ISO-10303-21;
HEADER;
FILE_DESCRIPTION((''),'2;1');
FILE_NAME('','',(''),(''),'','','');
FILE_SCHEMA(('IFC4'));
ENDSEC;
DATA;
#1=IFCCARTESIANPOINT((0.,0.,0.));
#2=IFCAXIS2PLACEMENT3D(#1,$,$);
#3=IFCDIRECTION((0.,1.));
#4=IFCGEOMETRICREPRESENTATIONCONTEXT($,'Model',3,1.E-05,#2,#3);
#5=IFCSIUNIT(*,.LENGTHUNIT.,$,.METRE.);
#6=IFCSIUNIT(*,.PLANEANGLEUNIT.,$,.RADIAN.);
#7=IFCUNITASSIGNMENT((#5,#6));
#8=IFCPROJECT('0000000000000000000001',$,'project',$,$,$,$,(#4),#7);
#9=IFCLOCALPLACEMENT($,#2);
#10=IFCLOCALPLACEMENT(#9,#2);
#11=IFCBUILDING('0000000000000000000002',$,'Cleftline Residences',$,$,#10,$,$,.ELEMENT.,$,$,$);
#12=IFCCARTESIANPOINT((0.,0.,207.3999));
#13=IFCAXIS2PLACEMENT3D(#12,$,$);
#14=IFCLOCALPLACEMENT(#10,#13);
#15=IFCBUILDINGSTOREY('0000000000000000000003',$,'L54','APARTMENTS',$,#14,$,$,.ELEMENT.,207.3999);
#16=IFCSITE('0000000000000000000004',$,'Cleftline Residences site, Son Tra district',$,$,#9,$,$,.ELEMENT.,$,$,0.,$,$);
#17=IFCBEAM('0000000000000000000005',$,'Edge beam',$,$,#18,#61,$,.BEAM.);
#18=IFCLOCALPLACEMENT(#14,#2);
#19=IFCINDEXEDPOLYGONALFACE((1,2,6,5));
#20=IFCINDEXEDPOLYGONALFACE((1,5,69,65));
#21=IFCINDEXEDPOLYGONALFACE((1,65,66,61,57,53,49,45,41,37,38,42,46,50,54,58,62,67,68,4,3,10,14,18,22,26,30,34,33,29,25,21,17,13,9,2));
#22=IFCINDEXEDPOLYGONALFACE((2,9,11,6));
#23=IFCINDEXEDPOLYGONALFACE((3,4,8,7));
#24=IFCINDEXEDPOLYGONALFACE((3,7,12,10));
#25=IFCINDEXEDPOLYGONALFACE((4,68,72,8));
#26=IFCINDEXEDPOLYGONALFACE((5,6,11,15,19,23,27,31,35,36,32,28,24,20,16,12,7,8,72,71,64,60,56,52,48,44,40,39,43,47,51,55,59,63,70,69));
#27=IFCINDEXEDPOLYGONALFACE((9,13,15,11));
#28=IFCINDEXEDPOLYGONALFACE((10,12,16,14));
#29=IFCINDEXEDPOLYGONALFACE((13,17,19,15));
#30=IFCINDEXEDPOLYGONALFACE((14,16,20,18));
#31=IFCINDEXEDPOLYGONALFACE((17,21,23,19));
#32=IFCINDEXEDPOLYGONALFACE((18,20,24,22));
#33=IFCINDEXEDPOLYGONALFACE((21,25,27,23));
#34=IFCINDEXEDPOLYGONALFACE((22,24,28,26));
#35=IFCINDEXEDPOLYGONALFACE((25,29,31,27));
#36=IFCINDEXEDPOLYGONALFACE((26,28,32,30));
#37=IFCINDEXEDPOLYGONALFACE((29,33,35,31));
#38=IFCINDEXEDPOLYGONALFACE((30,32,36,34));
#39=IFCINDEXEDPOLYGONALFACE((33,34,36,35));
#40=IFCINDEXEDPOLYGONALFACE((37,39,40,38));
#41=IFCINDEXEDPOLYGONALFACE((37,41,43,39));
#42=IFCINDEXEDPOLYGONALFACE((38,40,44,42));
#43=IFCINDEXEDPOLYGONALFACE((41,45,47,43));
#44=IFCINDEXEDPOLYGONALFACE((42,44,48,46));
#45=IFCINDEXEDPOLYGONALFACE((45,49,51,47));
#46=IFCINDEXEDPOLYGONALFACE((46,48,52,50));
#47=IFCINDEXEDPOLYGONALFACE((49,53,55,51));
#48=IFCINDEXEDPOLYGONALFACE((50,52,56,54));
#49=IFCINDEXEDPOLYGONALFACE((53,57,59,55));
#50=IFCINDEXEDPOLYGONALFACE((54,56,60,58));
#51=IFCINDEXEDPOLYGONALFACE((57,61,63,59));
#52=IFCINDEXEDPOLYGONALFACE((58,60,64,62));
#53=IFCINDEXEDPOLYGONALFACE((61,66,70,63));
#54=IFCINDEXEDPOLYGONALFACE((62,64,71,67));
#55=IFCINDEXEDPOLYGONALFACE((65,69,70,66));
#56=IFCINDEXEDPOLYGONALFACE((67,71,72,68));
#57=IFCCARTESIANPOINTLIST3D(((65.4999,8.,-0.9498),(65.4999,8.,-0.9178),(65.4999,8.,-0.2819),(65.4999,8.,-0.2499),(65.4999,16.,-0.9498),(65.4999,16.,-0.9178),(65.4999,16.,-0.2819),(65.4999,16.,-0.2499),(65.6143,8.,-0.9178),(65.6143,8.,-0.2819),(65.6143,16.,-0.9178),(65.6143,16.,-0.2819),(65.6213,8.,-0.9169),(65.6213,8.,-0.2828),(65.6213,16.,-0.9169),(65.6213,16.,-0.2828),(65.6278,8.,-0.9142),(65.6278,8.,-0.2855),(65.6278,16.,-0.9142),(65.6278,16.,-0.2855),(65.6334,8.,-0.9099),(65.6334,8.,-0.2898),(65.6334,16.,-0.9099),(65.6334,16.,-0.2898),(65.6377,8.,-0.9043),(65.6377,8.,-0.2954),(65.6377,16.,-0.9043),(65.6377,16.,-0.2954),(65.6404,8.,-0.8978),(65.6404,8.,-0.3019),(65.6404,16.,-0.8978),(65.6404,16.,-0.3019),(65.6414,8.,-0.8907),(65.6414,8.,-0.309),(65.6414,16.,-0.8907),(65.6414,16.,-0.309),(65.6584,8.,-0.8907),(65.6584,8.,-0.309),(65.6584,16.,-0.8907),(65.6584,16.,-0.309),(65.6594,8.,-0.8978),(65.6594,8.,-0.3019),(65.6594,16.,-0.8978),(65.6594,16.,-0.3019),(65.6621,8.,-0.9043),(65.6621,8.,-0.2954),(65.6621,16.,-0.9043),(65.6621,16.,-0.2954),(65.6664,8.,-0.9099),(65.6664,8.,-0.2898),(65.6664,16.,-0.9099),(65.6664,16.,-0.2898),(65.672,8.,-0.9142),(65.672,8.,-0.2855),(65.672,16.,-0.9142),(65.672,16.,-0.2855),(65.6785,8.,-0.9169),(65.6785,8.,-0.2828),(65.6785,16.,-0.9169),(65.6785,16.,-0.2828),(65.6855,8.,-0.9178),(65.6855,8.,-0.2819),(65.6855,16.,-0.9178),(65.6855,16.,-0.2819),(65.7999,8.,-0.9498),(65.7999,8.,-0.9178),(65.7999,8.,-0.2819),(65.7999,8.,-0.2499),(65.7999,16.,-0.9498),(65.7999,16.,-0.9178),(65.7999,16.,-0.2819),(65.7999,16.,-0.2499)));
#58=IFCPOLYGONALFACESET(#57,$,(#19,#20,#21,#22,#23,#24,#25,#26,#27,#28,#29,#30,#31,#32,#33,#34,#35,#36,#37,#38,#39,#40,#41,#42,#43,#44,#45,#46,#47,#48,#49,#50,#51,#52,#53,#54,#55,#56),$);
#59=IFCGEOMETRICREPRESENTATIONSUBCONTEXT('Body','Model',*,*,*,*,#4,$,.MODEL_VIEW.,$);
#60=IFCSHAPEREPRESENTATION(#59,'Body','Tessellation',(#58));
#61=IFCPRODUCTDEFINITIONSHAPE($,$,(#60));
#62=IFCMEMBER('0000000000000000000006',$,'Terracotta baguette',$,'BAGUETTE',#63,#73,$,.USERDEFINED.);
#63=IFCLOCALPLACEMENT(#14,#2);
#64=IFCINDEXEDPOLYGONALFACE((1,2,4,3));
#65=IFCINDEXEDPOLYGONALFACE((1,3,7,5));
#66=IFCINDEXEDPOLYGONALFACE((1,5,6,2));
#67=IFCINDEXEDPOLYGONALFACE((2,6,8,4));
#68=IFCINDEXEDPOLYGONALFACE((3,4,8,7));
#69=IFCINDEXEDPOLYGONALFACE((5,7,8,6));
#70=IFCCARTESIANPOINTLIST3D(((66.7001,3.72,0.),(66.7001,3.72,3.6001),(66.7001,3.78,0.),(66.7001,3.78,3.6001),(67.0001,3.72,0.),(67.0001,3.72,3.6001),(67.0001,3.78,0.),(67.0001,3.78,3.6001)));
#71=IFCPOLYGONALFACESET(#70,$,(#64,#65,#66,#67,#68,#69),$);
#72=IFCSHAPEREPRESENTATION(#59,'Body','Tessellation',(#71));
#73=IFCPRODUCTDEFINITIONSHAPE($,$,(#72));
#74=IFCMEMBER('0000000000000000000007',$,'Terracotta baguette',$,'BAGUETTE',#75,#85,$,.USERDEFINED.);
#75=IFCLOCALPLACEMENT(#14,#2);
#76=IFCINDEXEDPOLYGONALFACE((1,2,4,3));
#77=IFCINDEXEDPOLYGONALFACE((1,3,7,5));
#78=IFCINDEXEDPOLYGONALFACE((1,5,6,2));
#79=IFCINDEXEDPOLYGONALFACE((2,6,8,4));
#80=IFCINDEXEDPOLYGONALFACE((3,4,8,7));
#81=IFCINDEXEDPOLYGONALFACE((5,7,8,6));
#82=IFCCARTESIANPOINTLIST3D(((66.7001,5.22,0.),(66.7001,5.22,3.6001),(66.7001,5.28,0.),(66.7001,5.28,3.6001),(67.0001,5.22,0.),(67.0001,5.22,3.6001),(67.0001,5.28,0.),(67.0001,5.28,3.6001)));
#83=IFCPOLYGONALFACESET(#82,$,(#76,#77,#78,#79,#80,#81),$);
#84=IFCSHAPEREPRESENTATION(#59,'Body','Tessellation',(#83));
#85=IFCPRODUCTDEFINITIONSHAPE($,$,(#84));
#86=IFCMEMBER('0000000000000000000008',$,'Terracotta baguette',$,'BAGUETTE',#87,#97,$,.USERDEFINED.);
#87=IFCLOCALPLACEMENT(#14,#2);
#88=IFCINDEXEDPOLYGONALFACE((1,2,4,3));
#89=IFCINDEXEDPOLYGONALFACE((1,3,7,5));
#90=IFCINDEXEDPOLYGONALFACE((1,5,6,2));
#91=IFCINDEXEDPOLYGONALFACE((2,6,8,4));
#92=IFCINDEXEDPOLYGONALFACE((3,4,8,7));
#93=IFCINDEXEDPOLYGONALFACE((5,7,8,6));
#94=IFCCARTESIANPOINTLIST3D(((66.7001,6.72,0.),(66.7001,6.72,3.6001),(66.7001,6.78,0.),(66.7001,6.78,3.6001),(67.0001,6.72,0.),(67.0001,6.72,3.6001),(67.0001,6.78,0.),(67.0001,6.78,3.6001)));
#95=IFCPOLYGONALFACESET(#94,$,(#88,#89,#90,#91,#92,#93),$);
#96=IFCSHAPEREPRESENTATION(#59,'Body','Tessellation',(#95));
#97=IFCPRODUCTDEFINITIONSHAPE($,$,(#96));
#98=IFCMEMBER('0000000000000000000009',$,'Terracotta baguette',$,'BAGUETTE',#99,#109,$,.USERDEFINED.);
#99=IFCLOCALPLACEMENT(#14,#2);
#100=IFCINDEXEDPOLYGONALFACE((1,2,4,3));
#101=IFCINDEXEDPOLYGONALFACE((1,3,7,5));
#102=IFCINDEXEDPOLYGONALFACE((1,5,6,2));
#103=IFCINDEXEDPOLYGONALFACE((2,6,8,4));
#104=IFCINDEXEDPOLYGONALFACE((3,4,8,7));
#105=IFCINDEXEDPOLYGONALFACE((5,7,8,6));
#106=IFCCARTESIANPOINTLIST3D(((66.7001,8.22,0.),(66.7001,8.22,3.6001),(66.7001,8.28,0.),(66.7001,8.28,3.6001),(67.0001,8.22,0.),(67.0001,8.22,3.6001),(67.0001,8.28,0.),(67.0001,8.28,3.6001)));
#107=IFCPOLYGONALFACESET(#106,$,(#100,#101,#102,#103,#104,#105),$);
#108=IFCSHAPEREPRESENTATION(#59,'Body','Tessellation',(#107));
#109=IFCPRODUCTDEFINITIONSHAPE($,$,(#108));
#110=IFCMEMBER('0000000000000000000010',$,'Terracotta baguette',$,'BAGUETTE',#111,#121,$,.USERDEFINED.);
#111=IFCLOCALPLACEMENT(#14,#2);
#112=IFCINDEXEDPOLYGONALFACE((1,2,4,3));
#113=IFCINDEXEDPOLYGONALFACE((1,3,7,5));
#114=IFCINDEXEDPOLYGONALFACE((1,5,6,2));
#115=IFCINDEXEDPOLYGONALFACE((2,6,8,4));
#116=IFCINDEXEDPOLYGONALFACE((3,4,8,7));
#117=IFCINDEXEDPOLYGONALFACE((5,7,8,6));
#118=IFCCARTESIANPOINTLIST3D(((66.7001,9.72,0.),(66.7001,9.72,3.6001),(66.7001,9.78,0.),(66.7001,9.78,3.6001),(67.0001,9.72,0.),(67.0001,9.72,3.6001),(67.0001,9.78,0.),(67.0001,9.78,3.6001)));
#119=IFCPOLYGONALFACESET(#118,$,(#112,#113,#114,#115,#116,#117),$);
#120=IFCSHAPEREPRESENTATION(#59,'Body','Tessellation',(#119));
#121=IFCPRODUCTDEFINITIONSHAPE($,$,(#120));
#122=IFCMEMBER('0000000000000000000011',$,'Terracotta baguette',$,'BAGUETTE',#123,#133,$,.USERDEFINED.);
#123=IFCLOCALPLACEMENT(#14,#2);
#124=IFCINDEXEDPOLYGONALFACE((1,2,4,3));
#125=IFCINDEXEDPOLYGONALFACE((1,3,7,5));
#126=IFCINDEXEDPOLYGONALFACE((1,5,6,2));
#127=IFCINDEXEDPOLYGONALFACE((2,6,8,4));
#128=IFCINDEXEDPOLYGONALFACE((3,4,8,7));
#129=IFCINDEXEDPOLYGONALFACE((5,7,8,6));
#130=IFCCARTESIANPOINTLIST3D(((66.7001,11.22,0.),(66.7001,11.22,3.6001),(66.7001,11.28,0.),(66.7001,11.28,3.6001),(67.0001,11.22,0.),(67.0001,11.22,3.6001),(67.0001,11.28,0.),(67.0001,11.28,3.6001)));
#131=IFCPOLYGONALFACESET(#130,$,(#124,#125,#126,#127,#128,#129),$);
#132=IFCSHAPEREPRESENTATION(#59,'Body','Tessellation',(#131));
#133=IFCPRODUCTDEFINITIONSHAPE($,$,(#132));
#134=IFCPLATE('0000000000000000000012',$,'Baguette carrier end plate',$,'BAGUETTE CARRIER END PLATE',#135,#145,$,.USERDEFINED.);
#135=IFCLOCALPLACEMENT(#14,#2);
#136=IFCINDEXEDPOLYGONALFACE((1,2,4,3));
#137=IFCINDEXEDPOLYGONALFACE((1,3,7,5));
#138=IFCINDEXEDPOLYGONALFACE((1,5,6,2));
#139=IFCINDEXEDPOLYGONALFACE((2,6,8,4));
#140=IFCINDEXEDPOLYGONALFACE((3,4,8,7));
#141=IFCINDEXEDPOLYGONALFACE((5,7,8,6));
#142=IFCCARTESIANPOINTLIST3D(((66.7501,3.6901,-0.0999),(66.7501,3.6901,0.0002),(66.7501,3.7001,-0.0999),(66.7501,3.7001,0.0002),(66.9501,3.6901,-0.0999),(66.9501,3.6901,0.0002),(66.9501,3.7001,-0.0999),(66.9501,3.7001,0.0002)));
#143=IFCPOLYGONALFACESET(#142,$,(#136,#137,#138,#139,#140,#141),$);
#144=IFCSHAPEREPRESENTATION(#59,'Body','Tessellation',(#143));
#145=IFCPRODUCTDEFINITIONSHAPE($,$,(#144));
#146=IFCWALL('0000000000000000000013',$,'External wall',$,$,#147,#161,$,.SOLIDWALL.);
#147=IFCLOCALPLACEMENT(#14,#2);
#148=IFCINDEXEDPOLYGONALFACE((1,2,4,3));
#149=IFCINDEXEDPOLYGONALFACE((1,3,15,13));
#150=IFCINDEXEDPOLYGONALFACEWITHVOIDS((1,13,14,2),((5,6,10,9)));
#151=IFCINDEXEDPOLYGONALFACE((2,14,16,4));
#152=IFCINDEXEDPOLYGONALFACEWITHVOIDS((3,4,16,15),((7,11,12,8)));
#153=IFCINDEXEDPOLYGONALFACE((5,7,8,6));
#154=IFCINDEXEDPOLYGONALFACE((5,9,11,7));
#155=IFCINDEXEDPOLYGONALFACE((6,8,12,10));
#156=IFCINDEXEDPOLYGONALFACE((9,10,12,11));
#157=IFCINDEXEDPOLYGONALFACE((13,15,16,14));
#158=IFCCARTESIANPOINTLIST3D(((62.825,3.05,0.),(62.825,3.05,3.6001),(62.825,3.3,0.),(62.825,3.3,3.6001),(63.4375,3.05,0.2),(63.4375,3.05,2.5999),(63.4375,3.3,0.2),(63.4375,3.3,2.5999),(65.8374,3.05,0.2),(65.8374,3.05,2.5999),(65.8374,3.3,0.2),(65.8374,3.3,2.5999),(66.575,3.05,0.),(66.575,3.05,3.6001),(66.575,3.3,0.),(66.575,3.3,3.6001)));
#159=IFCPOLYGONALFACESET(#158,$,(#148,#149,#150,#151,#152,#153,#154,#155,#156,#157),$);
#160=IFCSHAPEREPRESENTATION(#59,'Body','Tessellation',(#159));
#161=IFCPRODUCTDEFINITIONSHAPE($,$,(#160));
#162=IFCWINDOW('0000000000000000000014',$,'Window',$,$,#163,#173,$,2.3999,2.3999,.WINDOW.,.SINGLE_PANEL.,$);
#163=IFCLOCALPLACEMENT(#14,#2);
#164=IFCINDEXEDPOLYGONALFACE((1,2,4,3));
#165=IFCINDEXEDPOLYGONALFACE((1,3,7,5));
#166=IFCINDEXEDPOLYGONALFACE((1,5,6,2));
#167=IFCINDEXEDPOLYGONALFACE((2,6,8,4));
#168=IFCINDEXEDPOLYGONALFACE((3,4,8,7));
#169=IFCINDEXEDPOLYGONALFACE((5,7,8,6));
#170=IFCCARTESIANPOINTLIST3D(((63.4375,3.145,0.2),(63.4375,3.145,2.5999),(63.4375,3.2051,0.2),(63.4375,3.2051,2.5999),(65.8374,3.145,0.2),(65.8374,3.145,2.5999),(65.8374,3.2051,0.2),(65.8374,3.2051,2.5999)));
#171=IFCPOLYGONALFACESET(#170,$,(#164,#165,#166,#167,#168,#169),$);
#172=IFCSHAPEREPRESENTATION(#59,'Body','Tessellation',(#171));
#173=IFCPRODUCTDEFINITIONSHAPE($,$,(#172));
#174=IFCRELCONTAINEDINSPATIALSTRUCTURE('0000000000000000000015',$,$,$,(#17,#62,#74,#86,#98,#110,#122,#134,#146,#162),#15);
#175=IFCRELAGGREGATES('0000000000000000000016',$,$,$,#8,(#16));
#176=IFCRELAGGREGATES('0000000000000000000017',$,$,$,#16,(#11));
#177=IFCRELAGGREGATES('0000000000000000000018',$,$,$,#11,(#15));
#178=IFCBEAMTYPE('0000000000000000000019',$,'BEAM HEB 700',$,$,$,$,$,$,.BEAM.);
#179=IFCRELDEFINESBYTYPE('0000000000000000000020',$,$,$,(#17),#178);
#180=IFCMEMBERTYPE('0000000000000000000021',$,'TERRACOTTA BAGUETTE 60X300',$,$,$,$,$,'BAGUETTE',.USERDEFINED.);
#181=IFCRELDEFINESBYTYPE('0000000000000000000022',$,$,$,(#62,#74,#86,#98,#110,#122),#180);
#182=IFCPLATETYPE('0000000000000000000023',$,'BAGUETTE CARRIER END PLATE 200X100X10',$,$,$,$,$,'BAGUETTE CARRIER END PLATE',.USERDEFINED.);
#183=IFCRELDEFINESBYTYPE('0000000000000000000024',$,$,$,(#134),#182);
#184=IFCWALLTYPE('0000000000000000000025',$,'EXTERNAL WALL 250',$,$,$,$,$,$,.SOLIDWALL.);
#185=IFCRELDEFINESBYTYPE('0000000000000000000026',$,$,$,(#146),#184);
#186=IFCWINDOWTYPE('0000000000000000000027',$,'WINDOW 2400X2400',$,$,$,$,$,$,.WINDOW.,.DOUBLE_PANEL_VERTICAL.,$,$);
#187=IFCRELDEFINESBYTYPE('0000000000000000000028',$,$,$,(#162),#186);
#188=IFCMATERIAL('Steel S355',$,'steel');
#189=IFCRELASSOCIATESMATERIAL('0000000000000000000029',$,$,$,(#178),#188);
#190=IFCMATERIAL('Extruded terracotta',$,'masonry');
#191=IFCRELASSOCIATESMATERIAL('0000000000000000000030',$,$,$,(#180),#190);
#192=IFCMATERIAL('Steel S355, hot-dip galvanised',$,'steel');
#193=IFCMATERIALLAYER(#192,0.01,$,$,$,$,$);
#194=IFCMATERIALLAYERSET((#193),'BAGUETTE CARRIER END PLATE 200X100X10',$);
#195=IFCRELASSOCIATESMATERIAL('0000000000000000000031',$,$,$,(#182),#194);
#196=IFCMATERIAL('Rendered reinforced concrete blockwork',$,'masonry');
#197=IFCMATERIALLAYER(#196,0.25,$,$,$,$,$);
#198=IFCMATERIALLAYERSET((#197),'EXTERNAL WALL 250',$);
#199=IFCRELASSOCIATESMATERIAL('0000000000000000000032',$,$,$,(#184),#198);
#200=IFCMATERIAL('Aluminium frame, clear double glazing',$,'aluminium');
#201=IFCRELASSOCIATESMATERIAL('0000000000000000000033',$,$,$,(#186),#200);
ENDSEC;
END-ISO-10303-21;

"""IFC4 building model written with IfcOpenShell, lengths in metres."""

from ifc_helpers import new_model, si_unit, direction, frame, frame_2d, origin, origin_2d, place, context, subcontext, project, spatial, rectangle, i_section, extrude, material, layer, layer_set, material_profile, profile_set, type_object, element, fill, save


model = new_model("IFC4")

# Units and contexts
model_context = context("Model", 3, precision=1e-05, world=origin(), true_north=direction((0.0, 1.0)))
body_context = subcontext(model_context, "Body", "Model", "MODEL_VIEW")
ifc_project = project(units=[si_unit("LENGTHUNIT", "METRE"), si_unit("PLANEANGLEUNIT", "RADIAN")], contexts=[model_context])

# Site, building, storey
site_placement = place(None, origin())
site = spatial("IfcSite", under=ifc_project, at=site_placement, Name="Cleftline Residences site, Son Tra district", CompositionType="ELEMENT", RefElevation=0.0)
building_placement = place(site_placement, origin())
building = spatial("IfcBuilding", under=site, at=building_placement, Name="Cleftline Residences", CompositionType="ELEMENT")
storey_placement = place(building_placement, frame((0.0, 0.0, 207.3999)))
storey = spatial("IfcBuildingStorey", under=building, at=storey_placement, Name="L54", Description="APARTMENTS", CompositionType="ELEMENT", Elevation=207.3999)

# Beam
ifc_material_1 = material(Name="Steel S355", Category="steel")
ifc_material_profile_1 = material_profile(ifc_material_1, i_section(OverallWidth=0.3, OverallDepth=0.7, WebThickness=0.0171, FlangeThickness=0.032, FilletRadius=0.0271, at=origin_2d()))
ifc_profile_set_1 = profile_set([ifc_material_profile_1], Name="Steel S355")
beam_type = type_object("IfcBeamType", Name="BEAM HEB 700", PredefinedType="BEAM", material=ifc_profile_set_1)
beam_placement = place(storey_placement, frame((65.6499, 8.0, -0.5999), z_axis=(0.0, 1.0, 0.0), x_axis=(-1.0, 0.0, 0.0)))
element("IfcBeam", 1, at=beam_placement, inside=storey, type_object=beam_type, Name="Edge beam", PredefinedType="BEAM", context=body_context, shape_type="SweptSolid", body=[
    extrude(i_section(OverallWidth=0.3, OverallDepth=0.7, WebThickness=0.0171, FlangeThickness=0.032, FilletRadius=0.0271, at=origin_2d()), origin(), (0.0, 0.0, 1.0), 8.0),
])

# Members
ifc_material_2 = material(Name="Extruded terracotta", Category="masonry")
ifc_material_profile_2 = material_profile(ifc_material_2, rectangle(XDim=0.0601, YDim=0.3, at=origin_2d()))
ifc_profile_set_2 = profile_set([ifc_material_profile_2], Name="Extruded terracotta")
member_type_1 = type_object("IfcMemberType", Name="TERRACOTTA BAGUETTE 60X300", ElementType="BAGUETTE", PredefinedType="USERDEFINED", material=ifc_profile_set_2)
for number, where, z_axis, x_axis, name in (
    (2, (66.8501, 3.75, 0.0), (0.0, 0.0, 1.0), (0.0, 1.0, 0.0), "Terracotta baguette"),
    (3, (66.8501, 5.25, 0.0), (0.0, 0.0, 1.0), (0.0, 1.0, 0.0), "Terracotta baguette"),
    (4, (66.8501, 6.75, 0.0), (0.0, 0.0, 1.0), (0.0, 1.0, 0.0), "Terracotta baguette"),
    (5, (66.8501, 8.25, 0.0), (0.0, 0.0, 1.0), (0.0, 1.0, 0.0), "Terracotta baguette"),
    (6, (66.8501, 9.75, 0.0), (0.0, 0.0, 1.0), (0.0, 1.0, 0.0), "Terracotta baguette"),
    (7, (66.8501, 11.25, 0.0), (0.0, 0.0, 1.0), (0.0, 1.0, 0.0), "Terracotta baguette"),
):
    element("IfcMember", number, at=place(storey_placement, frame(where, z_axis=z_axis, x_axis=x_axis)), inside=storey, type_object=member_type_1, Name=name, ObjectType="BAGUETTE", PredefinedType="USERDEFINED", context=body_context, shape_type="SweptSolid", body=[
        extrude(rectangle(XDim=0.0601, YDim=0.3, at=origin_2d()), origin(), (0.0, 0.0, 1.0), 3.6001),
    ])

# Plate
ifc_material_3 = material(Name="Steel S355, hot-dip galvanised", Category="steel")
ifc_layer_1 = layer(ifc_material_3, 0.01)
ifc_layer_set_1 = layer_set([ifc_layer_1], Name="BAGUETTE CARRIER END PLATE 200X100X10")
plate_type = type_object("IfcPlateType", Name="BAGUETTE CARRIER END PLATE 200X100X10", ElementType="BAGUETTE CARRIER END PLATE", PredefinedType="USERDEFINED", material=ifc_layer_set_1)
plate_placement = place(storey_placement, frame((66.8501, 3.6951, -0.0999), z_axis=(0.0, 0.0, 1.0), x_axis=(1.0, 0.0, 0.0)))
element("IfcPlate", 8, at=plate_placement, inside=storey, type_object=plate_type, Name="Baguette carrier end plate", ObjectType="BAGUETTE CARRIER END PLATE", PredefinedType="USERDEFINED", context=body_context, shape_type="SweptSolid", body=[
    extrude(rectangle(XDim=0.2, YDim=0.01, at=origin_2d()), origin(), (0.0, 0.0, 1.0), 0.1001),
])

# Wall, opening, window
ifc_material_4 = material(Name="Rendered reinforced concrete blockwork", Category="masonry")
ifc_layer_2 = layer(ifc_material_4, 0.25)
ifc_layer_set_2 = layer_set([ifc_layer_2], Name="EXTERNAL WALL 250")
wall_type = type_object("IfcWallType", Name="EXTERNAL WALL 250", PredefinedType="SOLIDWALL", material=ifc_layer_set_2)
wall_1_placement = place(storey_placement, frame((62.825, 3.175, 0.0), z_axis=(0.0, 0.0, 1.0), x_axis=(1.0, 0.0, 0.0)))
wall_1 = element("IfcWall", 9, at=wall_1_placement, inside=storey, type_object=wall_type, Name="External wall", PredefinedType="SOLIDWALL", context=body_context, shape_type="SweptSolid", body=[
    extrude(rectangle(XDim=3.75, YDim=0.25, at=frame_2d((1.875, 0.0))), origin(), (0.0, 0.0, 1.0), 3.6001),
])
opening_1_placement = place(wall_1_placement, frame((0.6125, 0.0, 0.2)))
opening_1 = element("IfcOpeningElement", 10, at=opening_1_placement, cuts=wall_1, PredefinedType="OPENING", context=body_context, shape_type="SweptSolid", body=[
    extrude(rectangle(XDim=2.3999, YDim=2.3999, at=frame_2d((1.2, 1.2))), frame((0.0, 0.135, 0.0), z_axis=(0.0, -1.0, 0.0), x_axis=(1.0, 0.0, 0.0)), (0.0, 0.0, 1.0), 0.27),
])
ifc_material_5 = material(Name="Aluminium frame, clear double glazing", Category="aluminium")
window_type_1 = type_object("IfcWindowType", Name="WINDOW 2400X2400", PartitioningType="DOUBLE_PANEL_VERTICAL", PredefinedType="WINDOW", material=ifc_material_5)
window_1_placement = place(opening_1_placement, origin())
window_1 = element("IfcWindow", 11, at=window_1_placement, inside=storey, type_object=window_type_1, Name="Window", OverallHeight=2.3999, OverallWidth=2.3999, PartitioningType="SINGLE_PANEL", PredefinedType="WINDOW", context=body_context, shape_type="SweptSolid", body=[
    extrude(rectangle(XDim=2.3999, YDim=2.3999, at=frame_2d((1.2, 1.2))), frame((0.0, 0.03, 0.0), z_axis=(0.0, -1.0, 0.0), x_axis=(1.0, 0.0, 0.0)), (0.0, 0.0, 1.0), 0.0601),
])
fill(opening_1, window_1)

save(model, "model.ifc")
